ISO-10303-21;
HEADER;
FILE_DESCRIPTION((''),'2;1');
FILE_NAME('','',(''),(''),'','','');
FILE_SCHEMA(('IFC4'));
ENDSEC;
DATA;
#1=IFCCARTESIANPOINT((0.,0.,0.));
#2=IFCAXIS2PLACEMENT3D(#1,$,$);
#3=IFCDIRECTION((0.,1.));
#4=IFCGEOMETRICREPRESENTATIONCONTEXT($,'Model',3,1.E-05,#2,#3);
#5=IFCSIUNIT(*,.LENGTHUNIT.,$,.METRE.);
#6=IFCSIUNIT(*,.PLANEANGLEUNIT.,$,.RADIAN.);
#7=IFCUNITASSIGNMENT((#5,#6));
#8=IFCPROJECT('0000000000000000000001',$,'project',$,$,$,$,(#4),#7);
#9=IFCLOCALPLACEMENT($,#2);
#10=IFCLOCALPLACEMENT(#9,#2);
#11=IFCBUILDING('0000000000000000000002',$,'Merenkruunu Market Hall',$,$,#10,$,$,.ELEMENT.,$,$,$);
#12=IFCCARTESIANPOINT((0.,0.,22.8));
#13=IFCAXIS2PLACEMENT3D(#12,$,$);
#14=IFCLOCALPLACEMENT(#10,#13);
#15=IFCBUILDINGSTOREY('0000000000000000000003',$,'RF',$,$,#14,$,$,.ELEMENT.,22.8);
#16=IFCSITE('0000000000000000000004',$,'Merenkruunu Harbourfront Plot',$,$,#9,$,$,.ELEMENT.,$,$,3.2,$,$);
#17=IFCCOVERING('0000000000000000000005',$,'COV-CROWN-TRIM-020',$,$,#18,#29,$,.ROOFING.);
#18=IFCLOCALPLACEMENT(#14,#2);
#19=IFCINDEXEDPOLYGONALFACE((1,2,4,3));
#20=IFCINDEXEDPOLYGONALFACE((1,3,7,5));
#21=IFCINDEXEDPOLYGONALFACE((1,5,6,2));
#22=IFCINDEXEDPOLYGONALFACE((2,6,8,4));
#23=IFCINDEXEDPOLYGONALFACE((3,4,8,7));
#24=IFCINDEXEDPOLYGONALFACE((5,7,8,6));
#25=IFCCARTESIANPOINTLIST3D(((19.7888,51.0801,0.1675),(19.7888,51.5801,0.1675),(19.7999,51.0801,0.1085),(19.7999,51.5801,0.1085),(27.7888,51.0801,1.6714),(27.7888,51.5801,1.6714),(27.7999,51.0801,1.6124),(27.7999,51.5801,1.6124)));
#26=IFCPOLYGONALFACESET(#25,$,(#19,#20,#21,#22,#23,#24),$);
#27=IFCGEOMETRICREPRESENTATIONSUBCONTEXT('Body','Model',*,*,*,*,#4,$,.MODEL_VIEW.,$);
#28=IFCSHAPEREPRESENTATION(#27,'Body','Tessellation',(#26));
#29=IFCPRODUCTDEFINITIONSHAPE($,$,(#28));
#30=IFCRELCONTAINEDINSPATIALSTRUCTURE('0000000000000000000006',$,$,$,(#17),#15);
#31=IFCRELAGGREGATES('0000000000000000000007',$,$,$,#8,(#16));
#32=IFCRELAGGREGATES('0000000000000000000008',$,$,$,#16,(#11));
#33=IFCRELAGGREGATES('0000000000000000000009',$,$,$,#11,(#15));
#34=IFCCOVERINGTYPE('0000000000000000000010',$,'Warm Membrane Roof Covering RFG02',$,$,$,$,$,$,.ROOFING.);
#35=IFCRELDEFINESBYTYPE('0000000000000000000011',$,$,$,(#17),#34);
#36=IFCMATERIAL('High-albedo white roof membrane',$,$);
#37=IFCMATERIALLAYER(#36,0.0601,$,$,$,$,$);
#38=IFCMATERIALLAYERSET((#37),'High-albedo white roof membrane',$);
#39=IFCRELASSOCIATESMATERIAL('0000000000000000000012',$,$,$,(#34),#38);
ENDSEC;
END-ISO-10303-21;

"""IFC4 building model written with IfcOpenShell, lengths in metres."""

from ifc_helpers import new_model, si_unit, direction, frame, origin, place, context, subcontext, project, spatial, polyline, outline, extrude, material, layer, layer_set, type_object, element, save


model = new_model("IFC4")

# Units and contexts
model_context = context("Model", 3, precision=1e-05, world=origin(), true_north=direction((0.0, 1.0)))
body_context = subcontext(model_context, "Body", "Model", "MODEL_VIEW")
ifc_project = project(units=[si_unit("LENGTHUNIT", "METRE"), si_unit("PLANEANGLEUNIT", "RADIAN")], contexts=[model_context])

# Site, building, storey
site_placement = place(None, origin())
site = spatial("IfcSite", under=ifc_project, at=site_placement, Name="Merenkruunu Harbourfront Plot", CompositionType="ELEMENT", RefElevation=3.2)
building_placement = place(site_placement, origin())
building = spatial("IfcBuilding", under=site, at=building_placement, Name="Merenkruunu Market Hall", CompositionType="ELEMENT")
storey_placement = place(building_placement, frame((0.0, 0.0, 22.8)))
storey = spatial("IfcBuildingStorey", under=building, at=storey_placement, Name="RF", CompositionType="ELEMENT", Elevation=22.8)

# Covering
ifc_material_1 = material(Name="High-albedo white roof membrane")
ifc_layer_1 = layer(ifc_material_1, 0.0601)
ifc_layer_set_1 = layer_set([ifc_layer_1], Name="High-albedo white roof membrane")
covering_type_1 = type_object("IfcCoveringType", Name="Warm Membrane Roof Covering RFG02", PredefinedType="ROOFING", material=ifc_layer_set_1)
covering_placement = place(storey_placement, frame((19.7888, 51.0801, 0.1675), z_axis=(-0.184752, 0.0, 0.982785), x_axis=(0.982785, 0.0, 0.184752)))
element("IfcCovering", 1, at=covering_placement, inside=storey, type_object=covering_type_1, Name="COV-CROWN-TRIM-020", PredefinedType="ROOFING", context=body_context, shape_type="SweptSolid", body=[
    extrude(outline(polyline([(0.0, 0.0), (8.1401, 0.0), (8.1401, 0.5), (0.0, 0.5), (0.0, 0.0)])), origin(), (0.0, 0.0, -1.0), 0.0601),
])

save(model, "model.ifc")
